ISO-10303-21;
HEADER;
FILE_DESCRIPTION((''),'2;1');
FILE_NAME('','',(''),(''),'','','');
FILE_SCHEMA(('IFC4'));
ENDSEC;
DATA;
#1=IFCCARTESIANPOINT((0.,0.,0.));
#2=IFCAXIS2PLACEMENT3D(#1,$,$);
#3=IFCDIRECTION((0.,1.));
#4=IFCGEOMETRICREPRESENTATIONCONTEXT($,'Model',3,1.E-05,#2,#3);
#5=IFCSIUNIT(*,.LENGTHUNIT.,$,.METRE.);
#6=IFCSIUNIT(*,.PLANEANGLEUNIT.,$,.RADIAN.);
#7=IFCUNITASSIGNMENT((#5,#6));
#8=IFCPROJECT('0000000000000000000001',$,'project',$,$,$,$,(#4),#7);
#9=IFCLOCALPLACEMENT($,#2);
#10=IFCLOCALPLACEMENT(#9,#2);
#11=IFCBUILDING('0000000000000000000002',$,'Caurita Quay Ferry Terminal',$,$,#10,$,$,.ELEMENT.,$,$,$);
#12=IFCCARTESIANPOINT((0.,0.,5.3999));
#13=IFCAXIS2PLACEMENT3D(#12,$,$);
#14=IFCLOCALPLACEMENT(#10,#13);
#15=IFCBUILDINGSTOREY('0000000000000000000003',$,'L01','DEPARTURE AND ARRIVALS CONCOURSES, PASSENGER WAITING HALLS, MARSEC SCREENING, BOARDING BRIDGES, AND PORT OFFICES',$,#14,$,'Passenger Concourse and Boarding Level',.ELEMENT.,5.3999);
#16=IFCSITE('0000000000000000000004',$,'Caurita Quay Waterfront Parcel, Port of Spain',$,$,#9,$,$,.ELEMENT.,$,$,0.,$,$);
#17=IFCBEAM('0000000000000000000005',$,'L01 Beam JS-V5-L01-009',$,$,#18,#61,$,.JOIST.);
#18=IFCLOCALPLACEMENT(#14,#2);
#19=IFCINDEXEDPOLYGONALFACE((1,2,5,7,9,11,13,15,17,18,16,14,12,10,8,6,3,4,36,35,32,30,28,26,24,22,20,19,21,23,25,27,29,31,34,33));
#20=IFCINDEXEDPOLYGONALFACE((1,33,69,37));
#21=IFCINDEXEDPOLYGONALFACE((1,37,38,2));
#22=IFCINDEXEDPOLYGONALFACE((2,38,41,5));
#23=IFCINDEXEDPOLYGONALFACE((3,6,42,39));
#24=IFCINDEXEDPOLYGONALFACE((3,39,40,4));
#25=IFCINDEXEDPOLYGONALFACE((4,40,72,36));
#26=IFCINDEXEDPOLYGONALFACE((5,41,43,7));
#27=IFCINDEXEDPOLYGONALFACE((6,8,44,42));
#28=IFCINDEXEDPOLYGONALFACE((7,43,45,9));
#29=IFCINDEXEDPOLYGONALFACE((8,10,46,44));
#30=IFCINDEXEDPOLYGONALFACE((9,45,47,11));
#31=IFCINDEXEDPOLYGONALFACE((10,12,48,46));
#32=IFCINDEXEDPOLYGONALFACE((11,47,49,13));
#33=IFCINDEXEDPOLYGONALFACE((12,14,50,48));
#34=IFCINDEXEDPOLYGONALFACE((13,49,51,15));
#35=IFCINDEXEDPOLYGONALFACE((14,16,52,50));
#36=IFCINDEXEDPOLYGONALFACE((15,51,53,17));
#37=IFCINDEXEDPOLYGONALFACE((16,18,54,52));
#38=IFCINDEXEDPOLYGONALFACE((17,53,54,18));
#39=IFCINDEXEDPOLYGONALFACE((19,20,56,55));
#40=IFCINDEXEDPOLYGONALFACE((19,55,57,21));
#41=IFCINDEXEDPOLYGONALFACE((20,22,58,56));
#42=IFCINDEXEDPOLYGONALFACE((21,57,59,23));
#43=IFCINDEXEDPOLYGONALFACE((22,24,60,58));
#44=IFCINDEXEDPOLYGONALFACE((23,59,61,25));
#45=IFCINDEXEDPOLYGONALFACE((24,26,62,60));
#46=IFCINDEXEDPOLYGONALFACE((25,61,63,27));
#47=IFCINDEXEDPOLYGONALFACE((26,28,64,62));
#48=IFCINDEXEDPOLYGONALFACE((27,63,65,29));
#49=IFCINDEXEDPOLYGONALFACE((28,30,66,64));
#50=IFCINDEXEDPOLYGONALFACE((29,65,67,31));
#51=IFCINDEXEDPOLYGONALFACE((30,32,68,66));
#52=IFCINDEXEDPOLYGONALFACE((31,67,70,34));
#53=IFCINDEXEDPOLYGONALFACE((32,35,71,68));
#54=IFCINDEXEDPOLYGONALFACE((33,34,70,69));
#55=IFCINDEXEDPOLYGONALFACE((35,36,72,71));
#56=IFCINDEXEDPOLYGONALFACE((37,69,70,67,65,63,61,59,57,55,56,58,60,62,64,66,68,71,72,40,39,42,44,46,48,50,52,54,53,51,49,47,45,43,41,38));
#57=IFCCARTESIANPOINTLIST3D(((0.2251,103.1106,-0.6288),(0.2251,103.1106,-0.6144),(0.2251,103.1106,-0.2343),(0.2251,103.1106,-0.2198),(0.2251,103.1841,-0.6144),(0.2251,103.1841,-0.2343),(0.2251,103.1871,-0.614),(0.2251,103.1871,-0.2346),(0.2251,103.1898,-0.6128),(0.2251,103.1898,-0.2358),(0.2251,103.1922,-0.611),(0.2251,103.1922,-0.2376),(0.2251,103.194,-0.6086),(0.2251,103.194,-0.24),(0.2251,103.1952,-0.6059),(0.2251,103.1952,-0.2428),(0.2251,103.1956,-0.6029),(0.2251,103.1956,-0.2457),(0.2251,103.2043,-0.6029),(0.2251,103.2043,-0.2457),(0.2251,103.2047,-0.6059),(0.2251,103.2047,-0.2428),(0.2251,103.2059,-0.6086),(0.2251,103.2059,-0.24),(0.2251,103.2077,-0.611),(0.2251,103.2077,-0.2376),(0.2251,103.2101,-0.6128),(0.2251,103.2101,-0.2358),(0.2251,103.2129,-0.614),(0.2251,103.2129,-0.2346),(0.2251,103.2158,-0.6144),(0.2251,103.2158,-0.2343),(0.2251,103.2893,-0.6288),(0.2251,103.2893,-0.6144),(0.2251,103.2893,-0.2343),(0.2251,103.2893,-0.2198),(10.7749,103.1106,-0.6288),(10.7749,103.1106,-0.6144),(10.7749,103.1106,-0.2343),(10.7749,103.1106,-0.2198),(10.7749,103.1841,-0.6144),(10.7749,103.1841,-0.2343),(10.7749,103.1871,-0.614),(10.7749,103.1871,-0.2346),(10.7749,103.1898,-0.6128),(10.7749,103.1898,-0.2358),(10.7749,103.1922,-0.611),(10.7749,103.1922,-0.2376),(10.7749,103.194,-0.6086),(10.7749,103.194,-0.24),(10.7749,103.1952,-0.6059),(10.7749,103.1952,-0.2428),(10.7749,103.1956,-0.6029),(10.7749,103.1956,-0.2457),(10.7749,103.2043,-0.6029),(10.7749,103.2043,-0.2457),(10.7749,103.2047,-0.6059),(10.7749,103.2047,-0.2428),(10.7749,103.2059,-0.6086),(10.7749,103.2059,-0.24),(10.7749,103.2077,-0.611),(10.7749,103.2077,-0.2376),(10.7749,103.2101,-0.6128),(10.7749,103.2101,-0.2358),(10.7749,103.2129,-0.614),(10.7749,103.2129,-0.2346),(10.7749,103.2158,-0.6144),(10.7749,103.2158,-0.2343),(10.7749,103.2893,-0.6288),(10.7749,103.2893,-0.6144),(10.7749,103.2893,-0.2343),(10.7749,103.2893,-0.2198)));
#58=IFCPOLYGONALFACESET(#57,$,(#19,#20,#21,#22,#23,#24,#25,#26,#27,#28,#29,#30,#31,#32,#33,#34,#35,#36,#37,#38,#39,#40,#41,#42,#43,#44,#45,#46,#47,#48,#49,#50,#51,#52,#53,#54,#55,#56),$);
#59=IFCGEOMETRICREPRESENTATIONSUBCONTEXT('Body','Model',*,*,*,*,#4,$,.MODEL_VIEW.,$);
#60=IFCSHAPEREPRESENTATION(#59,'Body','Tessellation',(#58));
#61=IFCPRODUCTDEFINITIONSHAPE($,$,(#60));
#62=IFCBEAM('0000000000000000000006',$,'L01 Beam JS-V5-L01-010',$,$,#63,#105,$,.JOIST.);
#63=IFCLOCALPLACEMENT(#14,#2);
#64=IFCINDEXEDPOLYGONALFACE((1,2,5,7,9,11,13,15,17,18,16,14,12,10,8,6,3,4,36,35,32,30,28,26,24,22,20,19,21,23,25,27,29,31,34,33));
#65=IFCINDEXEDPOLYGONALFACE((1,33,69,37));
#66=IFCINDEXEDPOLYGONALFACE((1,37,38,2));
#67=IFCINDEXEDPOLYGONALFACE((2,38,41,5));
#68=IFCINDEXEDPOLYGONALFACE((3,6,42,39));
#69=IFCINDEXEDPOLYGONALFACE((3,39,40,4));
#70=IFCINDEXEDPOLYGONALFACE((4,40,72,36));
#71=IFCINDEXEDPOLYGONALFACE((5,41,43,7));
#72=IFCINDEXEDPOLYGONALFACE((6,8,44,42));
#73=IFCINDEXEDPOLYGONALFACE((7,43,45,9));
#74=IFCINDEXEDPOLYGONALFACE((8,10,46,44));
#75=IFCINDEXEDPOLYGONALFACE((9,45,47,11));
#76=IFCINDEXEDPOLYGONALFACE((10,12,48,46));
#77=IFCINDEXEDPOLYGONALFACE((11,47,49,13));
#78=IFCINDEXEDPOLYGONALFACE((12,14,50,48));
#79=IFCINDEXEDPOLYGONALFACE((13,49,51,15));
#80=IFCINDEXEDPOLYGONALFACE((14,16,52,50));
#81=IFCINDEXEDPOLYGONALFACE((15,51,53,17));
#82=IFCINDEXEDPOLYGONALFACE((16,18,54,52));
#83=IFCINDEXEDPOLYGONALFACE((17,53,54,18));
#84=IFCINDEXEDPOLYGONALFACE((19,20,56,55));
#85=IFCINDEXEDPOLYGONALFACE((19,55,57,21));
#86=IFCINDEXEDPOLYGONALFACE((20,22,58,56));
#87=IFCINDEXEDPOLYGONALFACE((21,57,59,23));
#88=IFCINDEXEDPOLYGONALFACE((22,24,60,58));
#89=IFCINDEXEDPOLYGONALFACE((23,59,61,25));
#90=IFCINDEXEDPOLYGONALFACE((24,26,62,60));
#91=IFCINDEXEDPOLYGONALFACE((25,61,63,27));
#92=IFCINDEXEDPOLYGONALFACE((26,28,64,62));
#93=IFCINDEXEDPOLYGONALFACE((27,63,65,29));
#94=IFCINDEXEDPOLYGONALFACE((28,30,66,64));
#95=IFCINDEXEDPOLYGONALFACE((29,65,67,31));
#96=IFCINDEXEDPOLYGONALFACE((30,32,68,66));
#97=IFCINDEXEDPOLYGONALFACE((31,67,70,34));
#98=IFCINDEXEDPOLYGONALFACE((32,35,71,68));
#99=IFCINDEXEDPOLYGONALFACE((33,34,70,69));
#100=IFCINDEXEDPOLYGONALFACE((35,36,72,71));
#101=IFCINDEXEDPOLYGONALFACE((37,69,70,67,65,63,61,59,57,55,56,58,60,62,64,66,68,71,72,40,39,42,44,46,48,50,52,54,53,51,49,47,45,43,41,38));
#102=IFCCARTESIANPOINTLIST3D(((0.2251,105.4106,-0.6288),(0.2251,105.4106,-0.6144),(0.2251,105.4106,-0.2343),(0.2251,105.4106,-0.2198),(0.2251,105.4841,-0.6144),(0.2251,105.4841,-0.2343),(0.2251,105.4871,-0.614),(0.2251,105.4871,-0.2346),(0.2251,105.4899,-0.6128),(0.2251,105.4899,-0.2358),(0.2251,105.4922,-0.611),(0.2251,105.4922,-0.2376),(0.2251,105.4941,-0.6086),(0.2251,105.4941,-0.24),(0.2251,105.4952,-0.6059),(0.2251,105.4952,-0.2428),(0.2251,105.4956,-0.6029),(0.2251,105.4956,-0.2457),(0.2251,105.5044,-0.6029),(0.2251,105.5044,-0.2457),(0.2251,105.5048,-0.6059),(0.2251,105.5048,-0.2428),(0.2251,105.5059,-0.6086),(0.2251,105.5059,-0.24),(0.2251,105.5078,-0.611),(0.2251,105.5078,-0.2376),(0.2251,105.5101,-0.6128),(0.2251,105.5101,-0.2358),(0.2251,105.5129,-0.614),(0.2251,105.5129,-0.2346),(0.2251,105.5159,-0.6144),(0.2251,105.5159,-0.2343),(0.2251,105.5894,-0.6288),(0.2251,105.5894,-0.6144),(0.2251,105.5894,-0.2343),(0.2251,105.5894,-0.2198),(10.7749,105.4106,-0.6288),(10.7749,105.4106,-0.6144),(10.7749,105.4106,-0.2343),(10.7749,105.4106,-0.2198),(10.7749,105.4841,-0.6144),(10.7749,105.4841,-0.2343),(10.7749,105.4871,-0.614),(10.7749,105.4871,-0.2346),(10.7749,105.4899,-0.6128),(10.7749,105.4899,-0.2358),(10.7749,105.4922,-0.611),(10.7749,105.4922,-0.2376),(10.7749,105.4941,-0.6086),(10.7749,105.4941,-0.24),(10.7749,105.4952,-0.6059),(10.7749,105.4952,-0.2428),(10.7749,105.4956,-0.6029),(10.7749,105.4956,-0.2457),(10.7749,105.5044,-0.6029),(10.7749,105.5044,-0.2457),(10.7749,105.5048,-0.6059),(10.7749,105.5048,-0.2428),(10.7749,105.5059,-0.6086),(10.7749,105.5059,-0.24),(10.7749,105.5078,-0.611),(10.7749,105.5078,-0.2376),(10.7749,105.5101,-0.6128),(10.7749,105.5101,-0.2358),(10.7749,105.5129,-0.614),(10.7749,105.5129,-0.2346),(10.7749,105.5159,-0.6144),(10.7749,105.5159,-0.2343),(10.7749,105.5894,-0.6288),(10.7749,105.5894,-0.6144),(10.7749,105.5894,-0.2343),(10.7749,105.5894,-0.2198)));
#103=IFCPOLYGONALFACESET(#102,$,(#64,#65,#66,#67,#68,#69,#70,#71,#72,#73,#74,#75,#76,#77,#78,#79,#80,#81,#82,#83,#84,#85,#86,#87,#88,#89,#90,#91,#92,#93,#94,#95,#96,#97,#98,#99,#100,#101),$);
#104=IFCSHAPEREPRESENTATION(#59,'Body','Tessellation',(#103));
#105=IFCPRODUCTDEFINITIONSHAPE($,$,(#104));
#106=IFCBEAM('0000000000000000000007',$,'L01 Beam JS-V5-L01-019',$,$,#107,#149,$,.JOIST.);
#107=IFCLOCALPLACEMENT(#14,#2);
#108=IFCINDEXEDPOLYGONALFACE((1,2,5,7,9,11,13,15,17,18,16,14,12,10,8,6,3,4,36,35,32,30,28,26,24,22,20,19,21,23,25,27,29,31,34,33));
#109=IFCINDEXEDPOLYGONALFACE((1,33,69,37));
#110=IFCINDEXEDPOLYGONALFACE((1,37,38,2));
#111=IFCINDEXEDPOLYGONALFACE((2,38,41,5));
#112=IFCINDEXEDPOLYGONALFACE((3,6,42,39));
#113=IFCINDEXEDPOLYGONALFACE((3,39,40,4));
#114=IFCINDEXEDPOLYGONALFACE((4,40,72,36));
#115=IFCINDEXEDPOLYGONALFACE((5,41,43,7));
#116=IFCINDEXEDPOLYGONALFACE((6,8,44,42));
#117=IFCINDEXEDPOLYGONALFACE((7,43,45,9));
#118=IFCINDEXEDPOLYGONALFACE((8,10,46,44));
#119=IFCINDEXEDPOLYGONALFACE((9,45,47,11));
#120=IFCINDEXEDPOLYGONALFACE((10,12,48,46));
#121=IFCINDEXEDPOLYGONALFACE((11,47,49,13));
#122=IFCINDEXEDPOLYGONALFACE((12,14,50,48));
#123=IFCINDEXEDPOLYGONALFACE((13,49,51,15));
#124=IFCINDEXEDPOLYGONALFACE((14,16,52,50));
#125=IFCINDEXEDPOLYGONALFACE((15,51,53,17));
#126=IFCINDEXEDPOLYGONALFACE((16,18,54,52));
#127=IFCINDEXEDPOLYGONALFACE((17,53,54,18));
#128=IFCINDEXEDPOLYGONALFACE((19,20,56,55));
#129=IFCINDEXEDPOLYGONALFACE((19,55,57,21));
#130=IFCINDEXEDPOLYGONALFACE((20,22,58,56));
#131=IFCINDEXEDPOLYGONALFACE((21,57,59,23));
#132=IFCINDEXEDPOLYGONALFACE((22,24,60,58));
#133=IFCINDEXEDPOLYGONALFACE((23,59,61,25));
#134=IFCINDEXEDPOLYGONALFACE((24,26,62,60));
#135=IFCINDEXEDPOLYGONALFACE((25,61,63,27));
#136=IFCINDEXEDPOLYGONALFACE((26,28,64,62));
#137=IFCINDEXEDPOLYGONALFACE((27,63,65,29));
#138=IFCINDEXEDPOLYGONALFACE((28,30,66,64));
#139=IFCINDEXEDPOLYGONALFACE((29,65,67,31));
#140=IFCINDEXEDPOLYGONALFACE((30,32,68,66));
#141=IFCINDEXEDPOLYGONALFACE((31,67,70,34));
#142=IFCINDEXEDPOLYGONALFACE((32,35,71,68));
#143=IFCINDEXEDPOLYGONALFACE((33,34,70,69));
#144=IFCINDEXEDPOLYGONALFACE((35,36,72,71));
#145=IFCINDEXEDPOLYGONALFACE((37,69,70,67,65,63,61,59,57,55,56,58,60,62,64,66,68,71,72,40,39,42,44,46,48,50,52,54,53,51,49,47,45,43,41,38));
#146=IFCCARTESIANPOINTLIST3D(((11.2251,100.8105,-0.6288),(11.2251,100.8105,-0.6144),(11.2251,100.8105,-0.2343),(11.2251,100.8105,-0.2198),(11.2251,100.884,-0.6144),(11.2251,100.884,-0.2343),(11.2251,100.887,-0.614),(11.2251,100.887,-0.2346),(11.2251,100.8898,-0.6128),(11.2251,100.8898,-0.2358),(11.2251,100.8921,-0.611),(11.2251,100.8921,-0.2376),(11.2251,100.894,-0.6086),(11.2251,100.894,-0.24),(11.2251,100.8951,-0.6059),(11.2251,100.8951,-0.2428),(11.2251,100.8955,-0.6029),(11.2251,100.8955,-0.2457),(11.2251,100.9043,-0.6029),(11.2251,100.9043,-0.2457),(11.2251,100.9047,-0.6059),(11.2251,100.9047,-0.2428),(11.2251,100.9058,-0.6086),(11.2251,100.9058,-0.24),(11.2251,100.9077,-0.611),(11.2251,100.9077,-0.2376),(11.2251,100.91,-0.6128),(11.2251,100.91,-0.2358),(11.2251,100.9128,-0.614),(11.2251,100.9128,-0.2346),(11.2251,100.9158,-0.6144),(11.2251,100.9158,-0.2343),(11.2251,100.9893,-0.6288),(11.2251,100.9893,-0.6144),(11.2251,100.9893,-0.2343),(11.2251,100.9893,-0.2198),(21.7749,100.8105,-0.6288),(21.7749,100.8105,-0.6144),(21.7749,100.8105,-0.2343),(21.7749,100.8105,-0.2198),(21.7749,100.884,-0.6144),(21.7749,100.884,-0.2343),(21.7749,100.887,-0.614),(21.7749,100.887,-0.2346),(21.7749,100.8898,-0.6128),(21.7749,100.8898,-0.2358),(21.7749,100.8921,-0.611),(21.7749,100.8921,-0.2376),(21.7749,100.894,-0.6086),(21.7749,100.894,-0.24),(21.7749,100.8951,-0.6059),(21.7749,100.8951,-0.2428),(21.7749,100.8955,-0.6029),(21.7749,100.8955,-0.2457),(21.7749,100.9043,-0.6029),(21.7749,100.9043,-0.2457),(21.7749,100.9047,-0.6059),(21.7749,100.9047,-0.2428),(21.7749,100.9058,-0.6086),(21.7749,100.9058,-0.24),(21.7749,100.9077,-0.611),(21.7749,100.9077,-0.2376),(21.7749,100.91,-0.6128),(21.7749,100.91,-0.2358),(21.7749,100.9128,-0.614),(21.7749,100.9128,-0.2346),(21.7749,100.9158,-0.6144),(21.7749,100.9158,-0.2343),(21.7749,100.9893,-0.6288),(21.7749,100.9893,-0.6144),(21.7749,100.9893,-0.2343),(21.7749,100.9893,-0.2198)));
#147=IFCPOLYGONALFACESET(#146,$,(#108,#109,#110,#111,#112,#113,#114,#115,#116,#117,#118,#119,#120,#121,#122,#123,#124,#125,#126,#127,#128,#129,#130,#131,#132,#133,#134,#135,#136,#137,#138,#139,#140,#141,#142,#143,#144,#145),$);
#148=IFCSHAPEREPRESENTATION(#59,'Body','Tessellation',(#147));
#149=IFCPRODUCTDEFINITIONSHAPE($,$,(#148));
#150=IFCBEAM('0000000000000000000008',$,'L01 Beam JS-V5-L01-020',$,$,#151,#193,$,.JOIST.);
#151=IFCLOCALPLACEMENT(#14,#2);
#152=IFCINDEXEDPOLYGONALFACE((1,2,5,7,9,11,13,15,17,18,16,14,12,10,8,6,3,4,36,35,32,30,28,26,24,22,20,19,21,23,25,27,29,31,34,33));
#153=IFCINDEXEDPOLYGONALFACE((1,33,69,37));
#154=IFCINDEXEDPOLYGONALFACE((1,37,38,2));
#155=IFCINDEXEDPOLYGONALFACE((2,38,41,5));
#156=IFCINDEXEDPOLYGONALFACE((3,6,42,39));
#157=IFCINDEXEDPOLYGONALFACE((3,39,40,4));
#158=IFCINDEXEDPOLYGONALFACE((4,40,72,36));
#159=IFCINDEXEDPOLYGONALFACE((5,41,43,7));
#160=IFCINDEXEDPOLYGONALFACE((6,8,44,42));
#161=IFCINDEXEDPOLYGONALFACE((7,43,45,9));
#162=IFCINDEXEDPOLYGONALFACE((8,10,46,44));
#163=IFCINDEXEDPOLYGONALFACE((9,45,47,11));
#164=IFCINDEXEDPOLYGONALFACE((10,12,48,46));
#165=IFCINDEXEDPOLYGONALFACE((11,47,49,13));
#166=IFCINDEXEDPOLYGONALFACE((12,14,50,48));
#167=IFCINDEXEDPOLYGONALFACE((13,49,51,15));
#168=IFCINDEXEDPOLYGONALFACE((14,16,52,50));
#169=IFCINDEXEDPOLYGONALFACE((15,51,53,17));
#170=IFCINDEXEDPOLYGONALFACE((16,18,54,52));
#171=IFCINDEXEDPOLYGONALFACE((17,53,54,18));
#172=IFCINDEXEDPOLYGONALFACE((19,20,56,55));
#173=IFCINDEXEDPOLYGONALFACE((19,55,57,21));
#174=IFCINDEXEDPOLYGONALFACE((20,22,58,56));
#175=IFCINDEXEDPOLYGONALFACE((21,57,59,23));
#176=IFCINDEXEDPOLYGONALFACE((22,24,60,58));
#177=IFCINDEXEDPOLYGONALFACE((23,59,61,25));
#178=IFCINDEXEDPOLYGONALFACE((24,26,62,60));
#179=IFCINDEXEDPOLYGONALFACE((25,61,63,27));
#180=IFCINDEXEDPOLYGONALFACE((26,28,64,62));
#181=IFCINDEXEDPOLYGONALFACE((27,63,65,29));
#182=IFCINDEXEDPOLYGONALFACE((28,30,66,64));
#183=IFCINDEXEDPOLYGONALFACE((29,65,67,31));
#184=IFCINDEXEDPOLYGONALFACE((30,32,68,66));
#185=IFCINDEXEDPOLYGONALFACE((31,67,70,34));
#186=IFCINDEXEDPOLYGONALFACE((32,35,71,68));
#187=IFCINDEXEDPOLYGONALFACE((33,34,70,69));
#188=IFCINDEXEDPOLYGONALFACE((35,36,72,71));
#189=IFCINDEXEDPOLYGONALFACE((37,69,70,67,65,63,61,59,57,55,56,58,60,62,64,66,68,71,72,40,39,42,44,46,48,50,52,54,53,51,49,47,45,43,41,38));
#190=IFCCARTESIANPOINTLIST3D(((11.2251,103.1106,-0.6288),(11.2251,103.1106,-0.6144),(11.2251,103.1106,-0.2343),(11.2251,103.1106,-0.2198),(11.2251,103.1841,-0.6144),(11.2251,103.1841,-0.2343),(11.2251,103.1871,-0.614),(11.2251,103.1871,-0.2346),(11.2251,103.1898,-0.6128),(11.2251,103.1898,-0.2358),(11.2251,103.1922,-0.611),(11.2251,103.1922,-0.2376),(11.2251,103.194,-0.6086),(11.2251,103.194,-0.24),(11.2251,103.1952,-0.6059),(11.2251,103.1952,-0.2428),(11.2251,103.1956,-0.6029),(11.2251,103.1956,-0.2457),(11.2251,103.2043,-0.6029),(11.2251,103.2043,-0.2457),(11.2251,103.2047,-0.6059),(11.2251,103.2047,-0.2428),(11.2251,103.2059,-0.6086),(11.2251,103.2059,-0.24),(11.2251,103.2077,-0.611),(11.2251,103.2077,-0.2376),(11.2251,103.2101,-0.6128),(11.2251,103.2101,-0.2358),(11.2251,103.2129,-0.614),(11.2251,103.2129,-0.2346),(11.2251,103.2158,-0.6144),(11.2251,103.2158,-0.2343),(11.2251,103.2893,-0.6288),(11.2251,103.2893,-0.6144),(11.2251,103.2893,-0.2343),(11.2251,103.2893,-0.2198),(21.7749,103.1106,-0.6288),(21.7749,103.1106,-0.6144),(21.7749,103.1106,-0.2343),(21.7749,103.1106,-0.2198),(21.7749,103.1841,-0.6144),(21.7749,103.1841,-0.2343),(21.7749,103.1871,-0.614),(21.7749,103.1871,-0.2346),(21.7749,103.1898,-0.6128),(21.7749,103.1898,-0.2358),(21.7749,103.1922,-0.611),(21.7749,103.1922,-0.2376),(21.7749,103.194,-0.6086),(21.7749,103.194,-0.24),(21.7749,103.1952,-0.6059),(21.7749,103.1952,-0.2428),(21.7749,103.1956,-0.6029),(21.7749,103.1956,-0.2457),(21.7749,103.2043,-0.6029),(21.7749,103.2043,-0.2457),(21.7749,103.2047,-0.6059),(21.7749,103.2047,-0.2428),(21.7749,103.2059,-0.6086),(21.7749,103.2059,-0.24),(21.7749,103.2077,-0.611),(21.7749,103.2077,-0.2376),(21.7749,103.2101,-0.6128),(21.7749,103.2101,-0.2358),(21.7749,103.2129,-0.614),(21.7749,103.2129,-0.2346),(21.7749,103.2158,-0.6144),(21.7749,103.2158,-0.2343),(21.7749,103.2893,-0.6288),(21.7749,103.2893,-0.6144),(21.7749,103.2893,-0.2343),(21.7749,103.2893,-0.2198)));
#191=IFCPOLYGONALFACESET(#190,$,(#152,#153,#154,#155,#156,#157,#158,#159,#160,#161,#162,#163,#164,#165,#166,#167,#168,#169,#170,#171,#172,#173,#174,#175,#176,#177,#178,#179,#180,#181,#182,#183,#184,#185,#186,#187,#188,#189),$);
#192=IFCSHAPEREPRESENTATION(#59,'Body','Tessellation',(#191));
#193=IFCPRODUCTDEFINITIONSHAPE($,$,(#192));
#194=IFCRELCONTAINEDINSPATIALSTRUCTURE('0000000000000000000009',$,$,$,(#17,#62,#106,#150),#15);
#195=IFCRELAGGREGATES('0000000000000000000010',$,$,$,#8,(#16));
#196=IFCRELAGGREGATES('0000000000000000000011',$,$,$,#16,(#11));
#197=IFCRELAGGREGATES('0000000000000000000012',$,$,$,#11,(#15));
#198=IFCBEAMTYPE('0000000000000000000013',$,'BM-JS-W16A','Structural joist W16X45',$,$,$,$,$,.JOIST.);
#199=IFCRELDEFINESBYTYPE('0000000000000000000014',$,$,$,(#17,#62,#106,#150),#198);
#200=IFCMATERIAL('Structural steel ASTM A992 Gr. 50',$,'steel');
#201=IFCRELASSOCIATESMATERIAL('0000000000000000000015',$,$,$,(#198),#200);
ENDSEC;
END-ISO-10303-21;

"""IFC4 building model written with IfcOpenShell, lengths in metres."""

from ifc_helpers import new_model, si_unit, direction, frame, origin, origin_2d, place, context, subcontext, project, spatial, i_section, extrude, material, material_profile, profile_set, type_object, element, save


model = new_model("IFC4")

# Units and contexts
model_context = context("Model", 3, precision=1e-05, world=origin(), true_north=direction((0.0, 1.0)))
body_context = subcontext(model_context, "Body", "Model", "MODEL_VIEW")
ifc_project = project(units=[si_unit("LENGTHUNIT", "METRE"), si_unit("PLANEANGLEUNIT", "RADIAN")], contexts=[model_context])

# Site, building, storey
site_placement = place(None, origin())
site = spatial("IfcSite", under=ifc_project, at=site_placement, Name="Caurita Quay Waterfront Parcel, Port of Spain", CompositionType="ELEMENT", RefElevation=0.0)
building_placement = place(site_placement, origin())
building = spatial("IfcBuilding", under=site, at=building_placement, Name="Caurita Quay Ferry Terminal", CompositionType="ELEMENT")
storey_placement = place(building_placement, frame((0.0, 0.0, 5.3999)))
storey = spatial("IfcBuildingStorey", under=building, at=storey_placement, Name="L01", Description="DEPARTURE AND ARRIVALS CONCOURSES, PASSENGER WAITING HALLS, MARSEC SCREENING, BOARDING BRIDGES, AND PORT OFFICES", LongName="Passenger Concourse and Boarding Level", CompositionType="ELEMENT", Elevation=5.3999)

# Beams
ifc_material_1 = material(Name="Structural steel ASTM A992 Gr. 50", Category="steel")
ifc_material_profile_1 = material_profile(ifc_material_1, i_section(OverallWidth=0.1787, OverallDepth=0.4089, WebThickness=0.0088, FlangeThickness=0.0144, FilletRadius=0.0115, at=origin_2d()), Name="W16X45")
ifc_profile_set_1 = profile_set([ifc_material_profile_1], Name="Structural steel ASTM A992 Gr. 50")
beam_type_1 = type_object("IfcBeamType", Name="BM-JS-W16A", Description="Structural joist W16X45", PredefinedType="JOIST", material=ifc_profile_set_1)
for number, where, z_axis, x_axis, name in (
    (1, (0.2251, 103.2, -0.4243), (1.0, 0.0, 0.0), (0.0, 1.0, 0.0), "L01 Beam JS-V5-L01-009"),
    (2, (0.2251, 105.5, -0.4243), (1.0, 0.0, 0.0), (0.0, 1.0, 0.0), "L01 Beam JS-V5-L01-010"),
    (3, (11.2251, 100.8999, -0.4243), (1.0, 0.0, 0.0), (0.0, 1.0, 0.0), "L01 Beam JS-V5-L01-019"),
    (4, (11.2251, 103.2, -0.4243), (1.0, 0.0, 0.0), (0.0, 1.0, 0.0), "L01 Beam JS-V5-L01-020"),
):
    element("IfcBeam", number, at=place(storey_placement, frame(where, z_axis=z_axis, x_axis=x_axis)), inside=storey, type_object=beam_type_1, Name=name, PredefinedType="JOIST", context=body_context, shape_type="SweptSolid", body=[
        extrude(i_section(OverallWidth=0.1787, OverallDepth=0.4089, WebThickness=0.0088, FlangeThickness=0.0144, FilletRadius=0.0115, at=origin_2d()), origin(), (0.0, 0.0, 1.0), 10.5498),
    ])

save(model, "model.ifc")
